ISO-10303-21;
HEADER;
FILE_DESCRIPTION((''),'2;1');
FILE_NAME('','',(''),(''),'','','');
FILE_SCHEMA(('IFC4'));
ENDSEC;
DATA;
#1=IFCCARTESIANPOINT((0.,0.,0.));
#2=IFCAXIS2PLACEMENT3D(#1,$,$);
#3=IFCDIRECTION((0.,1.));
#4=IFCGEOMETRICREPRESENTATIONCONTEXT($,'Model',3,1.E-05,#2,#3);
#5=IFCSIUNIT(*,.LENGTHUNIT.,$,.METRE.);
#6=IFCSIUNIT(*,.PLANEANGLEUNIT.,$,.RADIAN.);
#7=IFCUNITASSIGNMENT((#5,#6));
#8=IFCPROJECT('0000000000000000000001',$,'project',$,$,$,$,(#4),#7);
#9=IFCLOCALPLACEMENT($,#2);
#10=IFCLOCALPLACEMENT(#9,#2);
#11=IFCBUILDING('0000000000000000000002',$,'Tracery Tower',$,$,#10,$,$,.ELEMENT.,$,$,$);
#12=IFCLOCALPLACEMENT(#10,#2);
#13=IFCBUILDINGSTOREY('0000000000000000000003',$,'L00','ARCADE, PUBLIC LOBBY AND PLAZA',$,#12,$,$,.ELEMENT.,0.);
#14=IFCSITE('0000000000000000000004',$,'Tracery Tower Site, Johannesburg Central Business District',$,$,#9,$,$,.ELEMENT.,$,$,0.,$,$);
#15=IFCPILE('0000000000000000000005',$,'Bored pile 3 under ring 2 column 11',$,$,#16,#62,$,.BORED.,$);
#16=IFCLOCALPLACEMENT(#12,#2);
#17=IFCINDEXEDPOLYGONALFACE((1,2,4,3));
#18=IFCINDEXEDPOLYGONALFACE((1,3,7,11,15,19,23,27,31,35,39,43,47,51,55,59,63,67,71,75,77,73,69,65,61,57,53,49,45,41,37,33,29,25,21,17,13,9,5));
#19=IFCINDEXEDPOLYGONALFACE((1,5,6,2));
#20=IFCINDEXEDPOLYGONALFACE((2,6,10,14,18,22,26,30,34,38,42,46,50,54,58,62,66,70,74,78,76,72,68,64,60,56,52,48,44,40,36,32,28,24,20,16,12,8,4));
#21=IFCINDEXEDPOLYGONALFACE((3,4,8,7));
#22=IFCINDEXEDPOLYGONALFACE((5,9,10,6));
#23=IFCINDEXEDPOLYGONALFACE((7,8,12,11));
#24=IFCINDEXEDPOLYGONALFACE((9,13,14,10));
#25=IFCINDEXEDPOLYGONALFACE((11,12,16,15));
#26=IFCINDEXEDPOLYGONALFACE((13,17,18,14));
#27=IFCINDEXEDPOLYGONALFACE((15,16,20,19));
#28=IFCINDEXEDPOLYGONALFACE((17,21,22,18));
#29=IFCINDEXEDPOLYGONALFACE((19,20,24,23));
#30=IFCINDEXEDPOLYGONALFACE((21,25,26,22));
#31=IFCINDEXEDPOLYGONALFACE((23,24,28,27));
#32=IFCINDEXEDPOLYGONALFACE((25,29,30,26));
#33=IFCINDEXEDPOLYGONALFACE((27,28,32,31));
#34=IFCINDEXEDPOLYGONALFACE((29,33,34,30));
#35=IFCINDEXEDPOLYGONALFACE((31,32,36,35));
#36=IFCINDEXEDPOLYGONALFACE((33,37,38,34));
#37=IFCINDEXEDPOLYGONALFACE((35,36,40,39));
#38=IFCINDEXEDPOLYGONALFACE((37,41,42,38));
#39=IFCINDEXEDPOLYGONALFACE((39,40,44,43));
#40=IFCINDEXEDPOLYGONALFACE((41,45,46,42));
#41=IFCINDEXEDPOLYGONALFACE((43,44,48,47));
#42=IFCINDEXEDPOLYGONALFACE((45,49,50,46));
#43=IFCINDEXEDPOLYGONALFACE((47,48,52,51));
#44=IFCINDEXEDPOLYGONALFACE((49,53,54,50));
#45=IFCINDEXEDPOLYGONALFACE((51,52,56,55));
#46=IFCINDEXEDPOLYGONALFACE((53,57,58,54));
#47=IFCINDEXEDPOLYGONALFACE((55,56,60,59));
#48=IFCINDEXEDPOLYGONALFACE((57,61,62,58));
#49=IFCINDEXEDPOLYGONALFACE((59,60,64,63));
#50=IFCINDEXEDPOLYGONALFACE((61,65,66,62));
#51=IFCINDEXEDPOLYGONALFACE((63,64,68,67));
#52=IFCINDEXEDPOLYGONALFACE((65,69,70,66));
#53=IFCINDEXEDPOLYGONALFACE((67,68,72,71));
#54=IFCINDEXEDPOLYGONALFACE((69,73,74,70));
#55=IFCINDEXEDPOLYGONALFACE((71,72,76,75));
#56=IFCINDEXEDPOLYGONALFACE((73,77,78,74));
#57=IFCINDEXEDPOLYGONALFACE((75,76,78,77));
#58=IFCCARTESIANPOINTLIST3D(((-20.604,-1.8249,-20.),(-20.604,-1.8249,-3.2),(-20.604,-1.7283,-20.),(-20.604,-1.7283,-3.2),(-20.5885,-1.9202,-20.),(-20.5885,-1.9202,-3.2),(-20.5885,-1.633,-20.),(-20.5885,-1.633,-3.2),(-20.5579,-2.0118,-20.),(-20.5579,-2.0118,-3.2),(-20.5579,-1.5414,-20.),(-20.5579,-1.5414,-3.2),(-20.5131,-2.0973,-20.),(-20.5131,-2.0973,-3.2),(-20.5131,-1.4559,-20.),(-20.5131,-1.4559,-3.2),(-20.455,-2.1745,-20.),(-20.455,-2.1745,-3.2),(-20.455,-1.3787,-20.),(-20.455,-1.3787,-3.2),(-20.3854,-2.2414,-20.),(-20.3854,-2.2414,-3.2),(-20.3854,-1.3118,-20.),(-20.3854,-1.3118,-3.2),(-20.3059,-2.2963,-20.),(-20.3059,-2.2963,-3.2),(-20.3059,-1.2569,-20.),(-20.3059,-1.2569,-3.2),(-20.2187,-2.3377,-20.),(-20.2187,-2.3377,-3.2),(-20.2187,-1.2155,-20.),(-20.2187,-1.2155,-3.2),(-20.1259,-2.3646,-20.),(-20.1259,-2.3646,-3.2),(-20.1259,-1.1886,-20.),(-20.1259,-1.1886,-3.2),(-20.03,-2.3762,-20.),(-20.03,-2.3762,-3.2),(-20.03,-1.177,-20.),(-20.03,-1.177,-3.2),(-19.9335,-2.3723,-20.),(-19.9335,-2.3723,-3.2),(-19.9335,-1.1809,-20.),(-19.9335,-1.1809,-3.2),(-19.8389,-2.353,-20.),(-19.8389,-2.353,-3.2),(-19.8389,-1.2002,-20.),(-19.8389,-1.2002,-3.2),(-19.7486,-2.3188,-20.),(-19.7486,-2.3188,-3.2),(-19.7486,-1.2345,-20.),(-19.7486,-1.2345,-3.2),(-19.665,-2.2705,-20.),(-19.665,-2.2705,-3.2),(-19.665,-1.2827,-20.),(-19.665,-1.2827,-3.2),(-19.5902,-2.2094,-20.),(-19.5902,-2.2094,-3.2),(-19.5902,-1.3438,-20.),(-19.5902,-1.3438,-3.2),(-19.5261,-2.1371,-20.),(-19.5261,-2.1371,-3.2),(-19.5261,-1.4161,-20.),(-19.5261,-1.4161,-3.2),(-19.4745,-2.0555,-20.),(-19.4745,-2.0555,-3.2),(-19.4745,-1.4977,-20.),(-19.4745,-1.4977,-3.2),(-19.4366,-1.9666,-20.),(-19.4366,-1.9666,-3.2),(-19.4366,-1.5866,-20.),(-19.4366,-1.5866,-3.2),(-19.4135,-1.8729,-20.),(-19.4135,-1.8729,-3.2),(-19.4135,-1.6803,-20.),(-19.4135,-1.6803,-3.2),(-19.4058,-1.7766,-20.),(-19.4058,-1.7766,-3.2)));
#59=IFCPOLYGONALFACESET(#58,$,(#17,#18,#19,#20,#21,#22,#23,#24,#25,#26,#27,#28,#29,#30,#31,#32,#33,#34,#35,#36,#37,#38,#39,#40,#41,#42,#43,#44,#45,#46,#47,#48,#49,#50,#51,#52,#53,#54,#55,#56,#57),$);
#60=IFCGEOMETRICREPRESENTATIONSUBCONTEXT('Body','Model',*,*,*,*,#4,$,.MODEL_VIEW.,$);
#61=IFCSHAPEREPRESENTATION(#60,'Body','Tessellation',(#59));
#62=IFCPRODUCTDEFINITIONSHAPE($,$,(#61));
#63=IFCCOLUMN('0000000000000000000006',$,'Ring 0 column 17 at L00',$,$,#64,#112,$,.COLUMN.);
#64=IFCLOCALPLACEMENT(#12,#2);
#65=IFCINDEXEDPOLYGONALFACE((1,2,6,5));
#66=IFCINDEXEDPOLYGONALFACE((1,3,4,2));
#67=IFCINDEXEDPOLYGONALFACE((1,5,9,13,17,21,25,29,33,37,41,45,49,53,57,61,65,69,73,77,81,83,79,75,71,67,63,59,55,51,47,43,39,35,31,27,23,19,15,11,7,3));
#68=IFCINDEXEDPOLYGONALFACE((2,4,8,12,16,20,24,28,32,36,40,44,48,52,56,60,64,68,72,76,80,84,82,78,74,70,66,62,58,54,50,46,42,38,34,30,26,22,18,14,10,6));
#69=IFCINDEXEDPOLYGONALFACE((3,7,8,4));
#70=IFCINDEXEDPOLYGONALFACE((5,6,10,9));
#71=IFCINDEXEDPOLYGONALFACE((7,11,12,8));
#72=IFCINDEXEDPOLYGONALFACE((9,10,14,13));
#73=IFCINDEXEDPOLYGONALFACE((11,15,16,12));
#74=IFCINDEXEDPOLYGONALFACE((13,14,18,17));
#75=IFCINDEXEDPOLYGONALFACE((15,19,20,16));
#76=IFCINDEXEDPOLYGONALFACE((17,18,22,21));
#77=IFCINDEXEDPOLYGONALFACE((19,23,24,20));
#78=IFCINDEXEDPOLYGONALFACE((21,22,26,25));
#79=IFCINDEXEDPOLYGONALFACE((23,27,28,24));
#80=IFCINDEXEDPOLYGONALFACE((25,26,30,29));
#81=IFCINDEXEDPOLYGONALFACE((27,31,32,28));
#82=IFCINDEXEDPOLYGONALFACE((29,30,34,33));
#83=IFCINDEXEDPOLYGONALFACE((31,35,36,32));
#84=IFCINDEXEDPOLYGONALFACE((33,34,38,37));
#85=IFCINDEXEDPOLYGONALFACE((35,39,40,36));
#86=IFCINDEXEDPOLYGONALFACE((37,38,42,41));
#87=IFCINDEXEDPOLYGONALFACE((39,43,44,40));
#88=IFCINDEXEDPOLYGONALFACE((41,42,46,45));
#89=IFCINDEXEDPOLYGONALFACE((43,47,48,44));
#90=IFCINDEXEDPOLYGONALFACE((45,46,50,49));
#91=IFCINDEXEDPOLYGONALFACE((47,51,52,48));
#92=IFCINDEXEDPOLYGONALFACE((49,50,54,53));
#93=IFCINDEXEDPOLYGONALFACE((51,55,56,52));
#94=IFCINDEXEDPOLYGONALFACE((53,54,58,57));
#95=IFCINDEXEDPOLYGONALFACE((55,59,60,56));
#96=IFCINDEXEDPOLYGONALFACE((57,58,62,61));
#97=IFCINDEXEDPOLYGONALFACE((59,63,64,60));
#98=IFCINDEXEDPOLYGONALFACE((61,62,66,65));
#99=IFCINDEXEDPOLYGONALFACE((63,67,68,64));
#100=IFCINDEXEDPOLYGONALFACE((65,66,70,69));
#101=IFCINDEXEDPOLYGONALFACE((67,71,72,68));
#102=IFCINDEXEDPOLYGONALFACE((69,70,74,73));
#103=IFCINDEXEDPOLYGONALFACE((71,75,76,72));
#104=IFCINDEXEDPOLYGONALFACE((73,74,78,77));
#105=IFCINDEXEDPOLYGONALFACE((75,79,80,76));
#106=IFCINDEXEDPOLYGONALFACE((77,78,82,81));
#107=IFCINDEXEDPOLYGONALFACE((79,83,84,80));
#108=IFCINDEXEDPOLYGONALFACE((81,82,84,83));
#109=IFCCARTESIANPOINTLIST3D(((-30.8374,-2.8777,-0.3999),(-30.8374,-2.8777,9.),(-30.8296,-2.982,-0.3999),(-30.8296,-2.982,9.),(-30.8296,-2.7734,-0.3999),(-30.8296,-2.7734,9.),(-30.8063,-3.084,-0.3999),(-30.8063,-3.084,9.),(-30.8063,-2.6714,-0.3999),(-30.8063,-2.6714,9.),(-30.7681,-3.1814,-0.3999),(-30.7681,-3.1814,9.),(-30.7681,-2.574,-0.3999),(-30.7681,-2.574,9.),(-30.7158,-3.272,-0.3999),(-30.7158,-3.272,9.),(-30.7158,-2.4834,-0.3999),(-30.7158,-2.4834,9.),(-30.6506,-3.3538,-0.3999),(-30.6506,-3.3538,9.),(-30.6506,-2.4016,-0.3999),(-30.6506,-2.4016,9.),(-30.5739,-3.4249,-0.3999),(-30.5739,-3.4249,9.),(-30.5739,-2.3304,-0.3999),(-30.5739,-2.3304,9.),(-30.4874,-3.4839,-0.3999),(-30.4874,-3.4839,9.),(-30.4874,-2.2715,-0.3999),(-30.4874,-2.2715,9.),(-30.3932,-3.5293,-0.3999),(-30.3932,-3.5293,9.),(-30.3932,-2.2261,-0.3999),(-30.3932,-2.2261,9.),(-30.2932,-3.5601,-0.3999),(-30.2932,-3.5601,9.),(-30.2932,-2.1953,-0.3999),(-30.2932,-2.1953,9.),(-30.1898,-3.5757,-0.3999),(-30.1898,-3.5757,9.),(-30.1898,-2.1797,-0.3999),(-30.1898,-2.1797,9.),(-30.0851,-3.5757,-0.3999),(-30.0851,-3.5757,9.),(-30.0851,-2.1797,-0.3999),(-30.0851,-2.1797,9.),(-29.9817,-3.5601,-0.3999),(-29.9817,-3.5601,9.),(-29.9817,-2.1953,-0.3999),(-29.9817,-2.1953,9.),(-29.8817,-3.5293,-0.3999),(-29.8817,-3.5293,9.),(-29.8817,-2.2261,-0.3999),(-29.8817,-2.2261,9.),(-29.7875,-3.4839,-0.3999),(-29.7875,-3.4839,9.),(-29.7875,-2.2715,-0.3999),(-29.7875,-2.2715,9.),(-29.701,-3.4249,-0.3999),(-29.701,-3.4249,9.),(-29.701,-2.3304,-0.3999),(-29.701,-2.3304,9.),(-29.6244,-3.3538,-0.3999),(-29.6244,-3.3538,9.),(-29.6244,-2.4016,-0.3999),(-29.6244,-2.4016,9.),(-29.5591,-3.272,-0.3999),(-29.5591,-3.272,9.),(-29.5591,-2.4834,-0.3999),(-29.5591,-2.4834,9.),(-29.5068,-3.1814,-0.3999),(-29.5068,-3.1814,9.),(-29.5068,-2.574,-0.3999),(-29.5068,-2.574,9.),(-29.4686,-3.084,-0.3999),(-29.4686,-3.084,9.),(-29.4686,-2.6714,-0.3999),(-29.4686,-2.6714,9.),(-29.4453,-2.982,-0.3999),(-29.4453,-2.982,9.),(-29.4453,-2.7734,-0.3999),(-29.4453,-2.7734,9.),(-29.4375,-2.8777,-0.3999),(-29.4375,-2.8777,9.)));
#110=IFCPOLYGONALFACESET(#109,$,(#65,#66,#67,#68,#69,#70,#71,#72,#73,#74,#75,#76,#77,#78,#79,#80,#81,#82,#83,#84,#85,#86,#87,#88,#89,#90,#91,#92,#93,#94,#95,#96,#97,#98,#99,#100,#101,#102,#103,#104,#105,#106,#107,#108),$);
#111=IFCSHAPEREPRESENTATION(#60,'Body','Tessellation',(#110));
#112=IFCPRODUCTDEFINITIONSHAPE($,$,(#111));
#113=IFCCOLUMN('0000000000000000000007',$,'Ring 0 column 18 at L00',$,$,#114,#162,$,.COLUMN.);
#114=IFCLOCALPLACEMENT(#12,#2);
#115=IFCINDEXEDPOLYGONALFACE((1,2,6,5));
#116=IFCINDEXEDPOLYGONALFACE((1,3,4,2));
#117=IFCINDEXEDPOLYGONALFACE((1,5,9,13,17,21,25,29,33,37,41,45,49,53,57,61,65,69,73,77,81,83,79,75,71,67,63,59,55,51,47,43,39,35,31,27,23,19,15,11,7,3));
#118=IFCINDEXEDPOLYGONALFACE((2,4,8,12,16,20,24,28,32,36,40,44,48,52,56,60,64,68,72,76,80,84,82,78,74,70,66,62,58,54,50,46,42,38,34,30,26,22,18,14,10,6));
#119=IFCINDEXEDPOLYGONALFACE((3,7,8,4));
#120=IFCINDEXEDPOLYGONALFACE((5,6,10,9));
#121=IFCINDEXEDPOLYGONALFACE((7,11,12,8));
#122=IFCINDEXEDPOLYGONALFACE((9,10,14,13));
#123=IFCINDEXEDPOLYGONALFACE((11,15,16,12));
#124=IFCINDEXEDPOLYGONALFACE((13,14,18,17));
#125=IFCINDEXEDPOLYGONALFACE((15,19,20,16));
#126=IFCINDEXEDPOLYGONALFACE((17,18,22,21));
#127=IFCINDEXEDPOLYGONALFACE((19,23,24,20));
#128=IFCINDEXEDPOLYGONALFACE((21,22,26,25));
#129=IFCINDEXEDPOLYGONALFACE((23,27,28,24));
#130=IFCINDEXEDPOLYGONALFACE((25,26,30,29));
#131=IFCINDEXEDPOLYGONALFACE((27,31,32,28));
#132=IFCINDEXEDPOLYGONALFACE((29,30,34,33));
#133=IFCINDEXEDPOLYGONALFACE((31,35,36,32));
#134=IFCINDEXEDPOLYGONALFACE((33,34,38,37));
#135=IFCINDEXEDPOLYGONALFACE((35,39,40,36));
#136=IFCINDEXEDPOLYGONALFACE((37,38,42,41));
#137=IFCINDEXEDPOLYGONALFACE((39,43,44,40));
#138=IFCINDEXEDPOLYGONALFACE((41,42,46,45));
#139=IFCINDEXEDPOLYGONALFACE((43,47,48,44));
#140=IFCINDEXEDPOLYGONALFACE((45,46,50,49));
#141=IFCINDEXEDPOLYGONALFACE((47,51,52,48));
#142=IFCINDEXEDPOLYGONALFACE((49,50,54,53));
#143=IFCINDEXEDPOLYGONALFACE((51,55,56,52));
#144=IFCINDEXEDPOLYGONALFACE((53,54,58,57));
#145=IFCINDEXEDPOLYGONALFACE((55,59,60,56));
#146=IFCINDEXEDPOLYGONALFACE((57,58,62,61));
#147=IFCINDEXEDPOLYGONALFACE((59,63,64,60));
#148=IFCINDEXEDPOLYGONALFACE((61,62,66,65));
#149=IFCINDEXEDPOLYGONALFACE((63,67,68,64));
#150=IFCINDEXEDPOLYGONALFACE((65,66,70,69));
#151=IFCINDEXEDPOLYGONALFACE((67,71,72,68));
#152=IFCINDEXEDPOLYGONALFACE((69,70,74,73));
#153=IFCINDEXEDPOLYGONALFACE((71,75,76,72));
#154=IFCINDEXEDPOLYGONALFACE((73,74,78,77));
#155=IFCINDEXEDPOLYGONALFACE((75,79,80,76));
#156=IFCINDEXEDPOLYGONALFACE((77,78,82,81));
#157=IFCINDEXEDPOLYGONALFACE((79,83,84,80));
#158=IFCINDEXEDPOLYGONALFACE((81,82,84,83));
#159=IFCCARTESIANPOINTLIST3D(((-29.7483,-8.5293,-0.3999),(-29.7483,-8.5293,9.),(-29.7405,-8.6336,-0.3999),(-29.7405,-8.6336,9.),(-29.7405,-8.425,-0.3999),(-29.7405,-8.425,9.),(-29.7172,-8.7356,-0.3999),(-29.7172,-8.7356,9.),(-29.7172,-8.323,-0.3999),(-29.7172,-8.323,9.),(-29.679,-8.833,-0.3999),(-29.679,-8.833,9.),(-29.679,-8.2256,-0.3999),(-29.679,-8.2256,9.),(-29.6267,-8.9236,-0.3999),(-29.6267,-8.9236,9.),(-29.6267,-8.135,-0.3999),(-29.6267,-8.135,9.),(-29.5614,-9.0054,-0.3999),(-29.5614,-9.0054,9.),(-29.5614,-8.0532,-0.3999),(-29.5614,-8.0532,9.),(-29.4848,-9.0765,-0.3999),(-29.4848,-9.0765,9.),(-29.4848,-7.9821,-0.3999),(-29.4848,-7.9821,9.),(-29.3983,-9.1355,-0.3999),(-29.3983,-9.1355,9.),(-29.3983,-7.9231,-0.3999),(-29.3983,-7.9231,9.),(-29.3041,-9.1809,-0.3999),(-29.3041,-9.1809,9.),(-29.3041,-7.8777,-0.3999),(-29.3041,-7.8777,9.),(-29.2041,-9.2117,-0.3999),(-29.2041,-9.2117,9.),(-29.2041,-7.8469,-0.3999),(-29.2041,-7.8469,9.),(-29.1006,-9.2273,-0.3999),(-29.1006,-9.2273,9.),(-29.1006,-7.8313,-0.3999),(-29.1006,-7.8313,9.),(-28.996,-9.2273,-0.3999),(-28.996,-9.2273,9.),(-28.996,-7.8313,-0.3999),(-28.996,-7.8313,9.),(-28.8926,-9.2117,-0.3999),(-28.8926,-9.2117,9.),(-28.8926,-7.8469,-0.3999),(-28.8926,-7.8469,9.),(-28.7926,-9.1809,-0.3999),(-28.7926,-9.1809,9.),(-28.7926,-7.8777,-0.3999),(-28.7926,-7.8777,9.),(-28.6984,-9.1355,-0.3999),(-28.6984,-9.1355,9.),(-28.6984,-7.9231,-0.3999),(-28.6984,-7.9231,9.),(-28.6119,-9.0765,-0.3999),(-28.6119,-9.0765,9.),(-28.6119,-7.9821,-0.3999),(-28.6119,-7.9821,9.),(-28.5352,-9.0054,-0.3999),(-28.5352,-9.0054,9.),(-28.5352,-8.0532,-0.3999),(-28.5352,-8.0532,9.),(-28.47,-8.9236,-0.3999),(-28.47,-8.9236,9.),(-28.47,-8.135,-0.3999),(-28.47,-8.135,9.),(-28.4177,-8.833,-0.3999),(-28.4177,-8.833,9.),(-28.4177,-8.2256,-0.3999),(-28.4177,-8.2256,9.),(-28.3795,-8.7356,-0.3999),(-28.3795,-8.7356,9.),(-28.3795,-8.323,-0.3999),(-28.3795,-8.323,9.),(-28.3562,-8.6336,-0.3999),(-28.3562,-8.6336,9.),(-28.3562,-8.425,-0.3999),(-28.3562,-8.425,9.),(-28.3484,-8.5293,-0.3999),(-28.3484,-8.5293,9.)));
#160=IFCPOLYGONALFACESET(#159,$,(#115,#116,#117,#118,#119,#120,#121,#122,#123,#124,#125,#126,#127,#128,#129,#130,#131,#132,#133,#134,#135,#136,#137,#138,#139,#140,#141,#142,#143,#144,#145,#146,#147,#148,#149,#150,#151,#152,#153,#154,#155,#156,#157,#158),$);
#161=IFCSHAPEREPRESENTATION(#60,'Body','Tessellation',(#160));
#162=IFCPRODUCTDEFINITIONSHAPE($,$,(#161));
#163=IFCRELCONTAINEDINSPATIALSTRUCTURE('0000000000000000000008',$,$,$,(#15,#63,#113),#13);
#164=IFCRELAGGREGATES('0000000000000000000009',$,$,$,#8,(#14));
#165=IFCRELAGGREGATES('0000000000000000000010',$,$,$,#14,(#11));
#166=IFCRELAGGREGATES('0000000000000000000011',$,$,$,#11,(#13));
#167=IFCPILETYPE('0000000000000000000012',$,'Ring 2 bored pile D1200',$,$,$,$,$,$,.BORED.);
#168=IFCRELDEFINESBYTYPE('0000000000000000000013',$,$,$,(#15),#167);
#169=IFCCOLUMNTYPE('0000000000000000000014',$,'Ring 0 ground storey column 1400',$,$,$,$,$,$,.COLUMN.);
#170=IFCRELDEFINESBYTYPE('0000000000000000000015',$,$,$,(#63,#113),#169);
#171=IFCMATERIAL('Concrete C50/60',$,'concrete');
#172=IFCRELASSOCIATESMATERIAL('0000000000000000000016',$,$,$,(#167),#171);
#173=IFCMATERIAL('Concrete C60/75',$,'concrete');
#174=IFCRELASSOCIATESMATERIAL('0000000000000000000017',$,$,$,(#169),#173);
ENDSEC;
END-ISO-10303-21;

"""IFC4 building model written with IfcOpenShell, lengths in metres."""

from ifc_helpers import new_model, si_unit, direction, frame, origin, origin_2d, place, context, subcontext, project, spatial, circle, extrude, material, material_profile, profile_set, type_object, element, save


model = new_model("IFC4")

# Units and contexts
model_context = context("Model", 3, precision=1e-05, world=origin(), true_north=direction((0.0, 1.0)))
body_context = subcontext(model_context, "Body", "Model", "MODEL_VIEW")
ifc_project = project(units=[si_unit("LENGTHUNIT", "METRE"), si_unit("PLANEANGLEUNIT", "RADIAN")], contexts=[model_context])

# Site, building, storey
site_placement = place(None, origin())
site = spatial("IfcSite", under=ifc_project, at=site_placement, Name="Tracery Tower Site, Johannesburg Central Business District", CompositionType="ELEMENT", RefElevation=0.0)
building_placement = place(site_placement, origin())
building = spatial("IfcBuilding", under=site, at=building_placement, Name="Tracery Tower", CompositionType="ELEMENT")
storey_placement = place(building_placement, origin())
storey = spatial("IfcBuildingStorey", under=building, at=storey_placement, Name="L00", Description="ARCADE, PUBLIC LOBBY AND PLAZA", CompositionType="ELEMENT", Elevation=0.0)

# Pile
ifc_material_1 = material(Name="Concrete C50/60", Category="concrete")
ifc_material_profile_1 = material_profile(ifc_material_1, circle(Radius=0.6001, at=origin_2d()), Name="RC D1200")
ifc_profile_set_1 = profile_set([ifc_material_profile_1], Name="Concrete C50/60")
pile_type_1 = type_object("IfcPileType", Name="Ring 2 bored pile D1200", PredefinedType="BORED", material=ifc_profile_set_1)
pile_placement = place(storey_placement, frame((-20.0059, -1.7766, -3.2), z_axis=(0.0, 0.0, -1.0), x_axis=(1.0, 0.0, 0.0)))
element("IfcPile", 1, at=pile_placement, inside=storey, type_object=pile_type_1, Name="Bored pile 3 under ring 2 column 11", PredefinedType="BORED", context=body_context, shape_type="SweptSolid", body=[
    extrude(circle(Radius=0.6001, at=origin_2d()), origin(), (0.0, 0.0, 1.0), 16.8),
])

# Columns
ifc_material_2 = material(Name="Concrete C60/75", Category="concrete")
ifc_material_profile_2 = material_profile(ifc_material_2, circle(Radius=0.7, at=origin_2d()), Name="RC D1400")
ifc_profile_set_2 = profile_set([ifc_material_profile_2], Name="Concrete C60/75")
column_type_1 = type_object("IfcColumnType", Name="Ring 0 ground storey column 1400", PredefinedType="COLUMN", material=ifc_profile_set_2)
for number, where, z_axis, x_axis, name in (
    (2, (-30.1375, -2.8777, -0.3999), (0.0, 0.0, 1.0), (1.0, 0.0, 0.0), "Ring 0 column 17 at L00"),
    (3, (-29.0483, -8.5293, -0.3999), (0.0, 0.0, 1.0), (1.0, 0.0, 0.0), "Ring 0 column 18 at L00"),
):
    element("IfcColumn", number, at=place(storey_placement, frame(where, z_axis=z_axis, x_axis=x_axis)), inside=storey, type_object=column_type_1, Name=name, PredefinedType="COLUMN", context=body_context, shape_type="SweptSolid", body=[
        extrude(circle(Radius=0.7, at=origin_2d()), origin(), (0.0, 0.0, 1.0), 9.3999),
    ])

save(model, "model.ifc")
